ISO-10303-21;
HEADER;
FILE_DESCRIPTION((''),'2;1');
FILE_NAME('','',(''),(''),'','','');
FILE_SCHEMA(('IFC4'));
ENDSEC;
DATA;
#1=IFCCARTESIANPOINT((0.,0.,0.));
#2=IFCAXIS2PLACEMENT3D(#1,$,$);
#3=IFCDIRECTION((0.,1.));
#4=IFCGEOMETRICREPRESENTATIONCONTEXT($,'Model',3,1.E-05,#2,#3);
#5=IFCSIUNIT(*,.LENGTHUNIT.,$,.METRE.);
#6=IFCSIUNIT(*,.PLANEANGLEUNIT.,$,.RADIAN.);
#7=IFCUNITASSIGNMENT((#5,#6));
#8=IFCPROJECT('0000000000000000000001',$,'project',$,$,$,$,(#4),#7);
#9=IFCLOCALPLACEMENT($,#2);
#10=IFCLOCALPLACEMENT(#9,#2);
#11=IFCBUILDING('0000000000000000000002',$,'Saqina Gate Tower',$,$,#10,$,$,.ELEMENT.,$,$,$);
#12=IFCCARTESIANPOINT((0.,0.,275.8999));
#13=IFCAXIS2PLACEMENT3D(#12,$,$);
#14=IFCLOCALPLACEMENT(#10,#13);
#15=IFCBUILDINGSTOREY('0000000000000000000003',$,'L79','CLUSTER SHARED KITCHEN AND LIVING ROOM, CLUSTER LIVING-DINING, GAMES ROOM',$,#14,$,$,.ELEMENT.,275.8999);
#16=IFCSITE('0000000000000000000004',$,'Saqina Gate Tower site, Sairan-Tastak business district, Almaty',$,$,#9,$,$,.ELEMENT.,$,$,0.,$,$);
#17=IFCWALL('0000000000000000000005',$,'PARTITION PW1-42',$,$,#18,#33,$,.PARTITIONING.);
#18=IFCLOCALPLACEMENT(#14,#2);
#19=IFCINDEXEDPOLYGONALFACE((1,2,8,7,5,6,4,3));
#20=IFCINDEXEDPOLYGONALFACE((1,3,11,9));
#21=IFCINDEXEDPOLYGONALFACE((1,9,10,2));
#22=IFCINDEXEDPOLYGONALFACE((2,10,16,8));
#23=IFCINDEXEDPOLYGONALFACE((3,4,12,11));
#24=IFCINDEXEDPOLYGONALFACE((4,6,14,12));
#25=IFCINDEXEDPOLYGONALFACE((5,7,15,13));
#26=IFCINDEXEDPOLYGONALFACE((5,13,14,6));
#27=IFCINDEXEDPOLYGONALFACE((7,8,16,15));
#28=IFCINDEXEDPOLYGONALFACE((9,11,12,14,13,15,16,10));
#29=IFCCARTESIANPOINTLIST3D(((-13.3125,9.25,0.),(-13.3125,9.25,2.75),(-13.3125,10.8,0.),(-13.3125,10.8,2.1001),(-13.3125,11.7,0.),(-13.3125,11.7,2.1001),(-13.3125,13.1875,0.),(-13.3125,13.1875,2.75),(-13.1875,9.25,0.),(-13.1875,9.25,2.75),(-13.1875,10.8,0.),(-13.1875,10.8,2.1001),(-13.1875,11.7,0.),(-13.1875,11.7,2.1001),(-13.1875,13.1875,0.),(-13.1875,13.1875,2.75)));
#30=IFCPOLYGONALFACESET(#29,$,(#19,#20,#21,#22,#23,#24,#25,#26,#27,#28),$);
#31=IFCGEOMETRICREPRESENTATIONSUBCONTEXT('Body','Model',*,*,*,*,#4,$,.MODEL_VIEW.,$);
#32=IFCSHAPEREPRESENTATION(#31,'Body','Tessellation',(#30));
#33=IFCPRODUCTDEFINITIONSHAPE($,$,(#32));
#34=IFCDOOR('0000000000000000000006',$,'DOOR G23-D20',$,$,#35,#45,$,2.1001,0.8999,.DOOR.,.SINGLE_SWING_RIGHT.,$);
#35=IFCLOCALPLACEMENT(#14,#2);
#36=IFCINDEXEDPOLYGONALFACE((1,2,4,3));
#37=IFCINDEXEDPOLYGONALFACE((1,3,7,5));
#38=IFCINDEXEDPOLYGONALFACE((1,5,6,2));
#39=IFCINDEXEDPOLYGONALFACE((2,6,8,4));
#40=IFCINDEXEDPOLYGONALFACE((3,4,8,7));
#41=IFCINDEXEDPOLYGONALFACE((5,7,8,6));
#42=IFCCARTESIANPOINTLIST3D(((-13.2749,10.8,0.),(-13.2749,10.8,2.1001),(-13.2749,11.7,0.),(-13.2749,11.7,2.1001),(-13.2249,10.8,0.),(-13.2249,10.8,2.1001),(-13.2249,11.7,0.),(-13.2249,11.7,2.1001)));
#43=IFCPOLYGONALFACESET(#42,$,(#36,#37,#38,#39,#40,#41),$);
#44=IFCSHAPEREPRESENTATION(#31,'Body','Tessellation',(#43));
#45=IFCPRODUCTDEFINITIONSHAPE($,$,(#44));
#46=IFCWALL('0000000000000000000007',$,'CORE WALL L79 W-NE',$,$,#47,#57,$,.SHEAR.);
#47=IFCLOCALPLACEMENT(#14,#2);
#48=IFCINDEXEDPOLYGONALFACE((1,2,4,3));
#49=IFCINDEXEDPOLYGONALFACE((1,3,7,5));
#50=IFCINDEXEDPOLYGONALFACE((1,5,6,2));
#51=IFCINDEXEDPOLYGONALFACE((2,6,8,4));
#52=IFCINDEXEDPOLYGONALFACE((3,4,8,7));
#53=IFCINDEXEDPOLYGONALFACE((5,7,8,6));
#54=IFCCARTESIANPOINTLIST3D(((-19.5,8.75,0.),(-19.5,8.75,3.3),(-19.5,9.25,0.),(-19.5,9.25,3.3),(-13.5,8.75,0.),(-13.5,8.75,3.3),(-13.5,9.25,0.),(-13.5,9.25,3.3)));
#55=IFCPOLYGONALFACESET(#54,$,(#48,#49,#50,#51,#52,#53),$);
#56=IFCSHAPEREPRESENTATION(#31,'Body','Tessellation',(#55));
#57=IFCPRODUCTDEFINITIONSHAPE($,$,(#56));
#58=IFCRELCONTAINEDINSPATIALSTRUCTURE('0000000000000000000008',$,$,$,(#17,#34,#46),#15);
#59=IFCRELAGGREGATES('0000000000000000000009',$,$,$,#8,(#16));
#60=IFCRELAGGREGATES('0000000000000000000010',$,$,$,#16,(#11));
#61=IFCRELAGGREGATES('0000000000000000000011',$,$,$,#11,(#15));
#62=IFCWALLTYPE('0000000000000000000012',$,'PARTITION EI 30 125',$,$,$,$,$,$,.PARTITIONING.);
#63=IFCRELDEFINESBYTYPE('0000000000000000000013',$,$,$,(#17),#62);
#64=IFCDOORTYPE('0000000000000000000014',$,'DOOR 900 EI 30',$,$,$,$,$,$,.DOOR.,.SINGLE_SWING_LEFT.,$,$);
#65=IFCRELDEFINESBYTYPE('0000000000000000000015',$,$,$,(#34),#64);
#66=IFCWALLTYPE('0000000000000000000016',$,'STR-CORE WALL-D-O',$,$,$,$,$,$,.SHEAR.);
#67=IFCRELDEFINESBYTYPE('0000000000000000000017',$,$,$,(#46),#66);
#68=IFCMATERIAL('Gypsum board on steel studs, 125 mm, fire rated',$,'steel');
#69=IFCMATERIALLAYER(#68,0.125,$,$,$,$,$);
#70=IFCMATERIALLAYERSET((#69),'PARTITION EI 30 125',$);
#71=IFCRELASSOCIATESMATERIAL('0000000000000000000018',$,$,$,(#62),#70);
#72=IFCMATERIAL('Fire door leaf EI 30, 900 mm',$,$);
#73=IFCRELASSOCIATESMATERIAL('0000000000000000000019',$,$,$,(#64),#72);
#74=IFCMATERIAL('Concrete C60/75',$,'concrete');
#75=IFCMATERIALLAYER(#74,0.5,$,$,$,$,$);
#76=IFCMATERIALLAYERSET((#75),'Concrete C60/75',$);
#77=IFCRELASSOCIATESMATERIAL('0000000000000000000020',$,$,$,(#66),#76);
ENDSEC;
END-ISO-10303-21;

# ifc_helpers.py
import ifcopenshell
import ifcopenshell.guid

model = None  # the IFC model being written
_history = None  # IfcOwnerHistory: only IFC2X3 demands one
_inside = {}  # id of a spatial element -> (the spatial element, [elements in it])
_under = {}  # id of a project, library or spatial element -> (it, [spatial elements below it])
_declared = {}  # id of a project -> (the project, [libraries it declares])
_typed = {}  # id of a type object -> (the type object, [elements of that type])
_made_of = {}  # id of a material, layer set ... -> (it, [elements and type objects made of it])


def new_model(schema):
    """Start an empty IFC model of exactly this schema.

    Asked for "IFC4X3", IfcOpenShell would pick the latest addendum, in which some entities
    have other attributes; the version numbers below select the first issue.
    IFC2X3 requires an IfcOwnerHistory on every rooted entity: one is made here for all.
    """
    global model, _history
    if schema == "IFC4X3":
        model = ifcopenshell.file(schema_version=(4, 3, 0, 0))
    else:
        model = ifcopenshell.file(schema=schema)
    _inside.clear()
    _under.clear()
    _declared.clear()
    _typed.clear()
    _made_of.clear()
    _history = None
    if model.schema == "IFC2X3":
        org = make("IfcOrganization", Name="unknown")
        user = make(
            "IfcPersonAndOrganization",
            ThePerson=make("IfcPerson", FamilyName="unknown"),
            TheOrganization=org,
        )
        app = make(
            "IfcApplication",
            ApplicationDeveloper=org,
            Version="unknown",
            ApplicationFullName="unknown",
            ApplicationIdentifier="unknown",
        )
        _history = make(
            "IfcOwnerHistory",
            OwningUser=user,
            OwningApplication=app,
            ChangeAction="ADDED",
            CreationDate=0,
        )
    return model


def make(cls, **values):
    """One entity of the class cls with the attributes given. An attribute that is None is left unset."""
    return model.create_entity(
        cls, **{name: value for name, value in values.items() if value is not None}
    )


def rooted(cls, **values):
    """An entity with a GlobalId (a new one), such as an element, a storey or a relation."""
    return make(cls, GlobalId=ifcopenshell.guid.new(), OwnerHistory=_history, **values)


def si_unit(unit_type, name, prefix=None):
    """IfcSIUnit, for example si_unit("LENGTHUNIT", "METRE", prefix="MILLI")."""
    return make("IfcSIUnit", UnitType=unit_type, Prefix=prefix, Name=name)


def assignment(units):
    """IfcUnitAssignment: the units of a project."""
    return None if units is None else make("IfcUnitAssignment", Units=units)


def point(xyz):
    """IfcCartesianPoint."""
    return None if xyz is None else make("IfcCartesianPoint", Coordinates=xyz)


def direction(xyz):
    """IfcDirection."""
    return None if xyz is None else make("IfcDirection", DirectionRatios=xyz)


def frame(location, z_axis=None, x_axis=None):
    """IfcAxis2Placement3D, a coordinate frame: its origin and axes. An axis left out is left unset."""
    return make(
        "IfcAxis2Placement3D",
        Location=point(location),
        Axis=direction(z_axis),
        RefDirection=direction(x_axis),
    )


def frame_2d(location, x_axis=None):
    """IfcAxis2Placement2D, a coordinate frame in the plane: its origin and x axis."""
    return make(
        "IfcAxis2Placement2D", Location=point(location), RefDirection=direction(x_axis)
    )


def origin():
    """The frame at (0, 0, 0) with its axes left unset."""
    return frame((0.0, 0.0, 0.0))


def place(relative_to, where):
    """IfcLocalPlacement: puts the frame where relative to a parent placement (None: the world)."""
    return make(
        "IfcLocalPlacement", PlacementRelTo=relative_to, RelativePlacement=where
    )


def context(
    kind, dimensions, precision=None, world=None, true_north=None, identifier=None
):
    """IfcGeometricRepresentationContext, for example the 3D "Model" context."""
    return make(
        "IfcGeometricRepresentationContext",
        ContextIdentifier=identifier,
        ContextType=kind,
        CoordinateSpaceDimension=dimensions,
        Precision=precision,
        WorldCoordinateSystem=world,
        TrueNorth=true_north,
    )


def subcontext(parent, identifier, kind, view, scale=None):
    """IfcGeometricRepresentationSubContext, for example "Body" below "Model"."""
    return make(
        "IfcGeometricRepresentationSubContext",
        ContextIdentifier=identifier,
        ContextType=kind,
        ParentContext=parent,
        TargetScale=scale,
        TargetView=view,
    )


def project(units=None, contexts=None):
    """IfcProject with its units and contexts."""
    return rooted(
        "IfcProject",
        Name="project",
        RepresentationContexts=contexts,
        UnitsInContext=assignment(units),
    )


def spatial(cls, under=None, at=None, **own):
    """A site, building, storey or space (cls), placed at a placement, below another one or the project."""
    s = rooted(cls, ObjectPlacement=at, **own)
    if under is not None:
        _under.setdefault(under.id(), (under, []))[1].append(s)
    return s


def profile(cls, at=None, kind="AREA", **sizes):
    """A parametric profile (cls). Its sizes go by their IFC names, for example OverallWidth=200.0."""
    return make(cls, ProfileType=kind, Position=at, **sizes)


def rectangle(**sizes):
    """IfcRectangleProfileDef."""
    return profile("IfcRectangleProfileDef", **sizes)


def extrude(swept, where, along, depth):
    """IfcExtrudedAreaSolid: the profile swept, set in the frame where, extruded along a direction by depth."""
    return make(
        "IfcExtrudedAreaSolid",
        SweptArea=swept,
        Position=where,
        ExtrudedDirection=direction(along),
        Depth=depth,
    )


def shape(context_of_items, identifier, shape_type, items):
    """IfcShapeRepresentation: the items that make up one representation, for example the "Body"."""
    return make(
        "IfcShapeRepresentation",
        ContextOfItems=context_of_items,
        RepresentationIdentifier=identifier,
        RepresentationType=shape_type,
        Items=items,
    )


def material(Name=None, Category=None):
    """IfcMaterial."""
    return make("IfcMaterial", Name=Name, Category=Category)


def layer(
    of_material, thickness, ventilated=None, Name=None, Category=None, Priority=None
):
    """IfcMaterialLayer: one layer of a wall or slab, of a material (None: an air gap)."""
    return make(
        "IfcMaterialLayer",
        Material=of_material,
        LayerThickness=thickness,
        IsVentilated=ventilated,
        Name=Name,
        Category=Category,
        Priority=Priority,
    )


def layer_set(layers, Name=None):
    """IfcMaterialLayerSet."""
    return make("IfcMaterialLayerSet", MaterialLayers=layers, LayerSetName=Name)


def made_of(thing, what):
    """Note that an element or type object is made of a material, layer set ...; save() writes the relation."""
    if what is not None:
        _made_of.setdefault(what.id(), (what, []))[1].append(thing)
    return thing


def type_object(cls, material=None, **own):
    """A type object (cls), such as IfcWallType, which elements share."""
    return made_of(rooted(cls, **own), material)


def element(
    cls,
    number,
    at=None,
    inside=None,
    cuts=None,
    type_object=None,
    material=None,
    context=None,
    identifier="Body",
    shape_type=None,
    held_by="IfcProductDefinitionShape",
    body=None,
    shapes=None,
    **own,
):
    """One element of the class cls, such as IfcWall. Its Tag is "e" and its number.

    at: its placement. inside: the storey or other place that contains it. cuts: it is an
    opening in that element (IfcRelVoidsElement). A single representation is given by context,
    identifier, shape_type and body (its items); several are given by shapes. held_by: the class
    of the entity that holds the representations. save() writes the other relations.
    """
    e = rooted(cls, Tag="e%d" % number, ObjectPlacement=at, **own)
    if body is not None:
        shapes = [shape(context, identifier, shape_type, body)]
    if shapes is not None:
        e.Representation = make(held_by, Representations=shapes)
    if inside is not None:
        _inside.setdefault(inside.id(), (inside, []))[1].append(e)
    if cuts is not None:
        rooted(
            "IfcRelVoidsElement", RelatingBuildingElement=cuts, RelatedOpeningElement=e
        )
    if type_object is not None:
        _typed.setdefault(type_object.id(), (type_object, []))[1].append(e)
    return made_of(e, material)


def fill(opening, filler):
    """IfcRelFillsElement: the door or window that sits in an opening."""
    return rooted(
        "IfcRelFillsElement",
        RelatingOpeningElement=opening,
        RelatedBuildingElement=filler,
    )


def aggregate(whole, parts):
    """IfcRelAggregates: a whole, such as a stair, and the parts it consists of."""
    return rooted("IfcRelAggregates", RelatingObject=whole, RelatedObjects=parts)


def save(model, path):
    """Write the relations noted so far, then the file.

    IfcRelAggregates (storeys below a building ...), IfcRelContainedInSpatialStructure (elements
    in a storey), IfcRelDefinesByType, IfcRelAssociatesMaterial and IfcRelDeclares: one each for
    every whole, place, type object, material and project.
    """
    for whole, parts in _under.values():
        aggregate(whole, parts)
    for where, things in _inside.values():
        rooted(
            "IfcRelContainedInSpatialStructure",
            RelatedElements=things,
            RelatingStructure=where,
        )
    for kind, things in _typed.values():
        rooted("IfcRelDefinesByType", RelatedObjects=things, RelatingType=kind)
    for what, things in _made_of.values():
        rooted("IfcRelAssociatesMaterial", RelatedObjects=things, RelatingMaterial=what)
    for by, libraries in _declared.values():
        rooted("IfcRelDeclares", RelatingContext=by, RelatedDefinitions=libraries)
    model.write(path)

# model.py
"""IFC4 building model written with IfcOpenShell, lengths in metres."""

from ifc_helpers import new_model, si_unit, direction, frame, frame_2d, origin, place, context, subcontext, project, spatial, rectangle, extrude, material, layer, layer_set, type_object, element, fill, save


model = new_model("IFC4")

# Units and contexts
model_context = context("Model", 3, precision=1e-05, world=origin(), true_north=direction((0.0, 1.0)))
body_context = subcontext(model_context, "Body", "Model", "MODEL_VIEW")
ifc_project = project(units=[si_unit("LENGTHUNIT", "METRE"), si_unit("PLANEANGLEUNIT", "RADIAN")], contexts=[model_context])

# Site, building, storey
site_placement = place(None, origin())
site = spatial("IfcSite", under=ifc_project, at=site_placement, Name="Saqina Gate Tower site, Sairan-Tastak business district, Almaty", CompositionType="ELEMENT", RefElevation=0.0)
building_placement = place(site_placement, origin())
building = spatial("IfcBuilding", under=site, at=building_placement, Name="Saqina Gate Tower", CompositionType="ELEMENT")
storey_placement = place(building_placement, frame((0.0, 0.0, 275.8999)))
storey = spatial("IfcBuildingStorey", under=building, at=storey_placement, Name="L79", Description="CLUSTER SHARED KITCHEN AND LIVING ROOM, CLUSTER LIVING-DINING, GAMES ROOM", CompositionType="ELEMENT", Elevation=275.8999)

# Shared definitions
ifc_material_1 = material(Name="Gypsum board on steel studs, 125 mm, fire rated", Category="steel")
ifc_layer_1 = layer(ifc_material_1, 0.125)
ifc_layer_set_1 = layer_set([ifc_layer_1], Name="PARTITION EI 30 125")
wall_type_1 = type_object("IfcWallType", Name="PARTITION EI 30 125", PredefinedType="PARTITIONING", material=ifc_layer_set_1)
ifc_material_2 = material(Name="Fire door leaf EI 30, 900 mm")
door_type_1 = type_object("IfcDoorType", Name="DOOR 900 EI 30", OperationType="SINGLE_SWING_LEFT", PredefinedType="DOOR", material=ifc_material_2)

# Wall, opening, door
wall_1_placement = place(storey_placement, frame((-13.25, 9.25, 0.0), z_axis=(0.0, 0.0, 1.0), x_axis=(0.0, 1.0, 0.0)))
wall_1 = element("IfcWall", 1, at=wall_1_placement, inside=storey, type_object=wall_type_1, Name="PARTITION PW1-42", PredefinedType="PARTITIONING", context=body_context, shape_type="SweptSolid", body=[
    extrude(rectangle(XDim=3.9375, YDim=0.125, at=frame_2d((1.9688, 0.0))), origin(), (0.0, 0.0, 1.0), 2.75),
])
opening_1_placement = place(wall_1_placement, frame((1.55, 0.0, 0.0)))
opening_1 = element("IfcOpeningElement", 2, at=opening_1_placement, cuts=wall_1, PredefinedType="OPENING", context=body_context, shape_type="SweptSolid", body=[
    extrude(rectangle(XDim=0.8999, YDim=2.1001, at=frame_2d((0.45, 1.05))), frame((0.0, 0.0745, 0.0), z_axis=(0.0, -1.0, 0.0), x_axis=(1.0, 0.0, 0.0)), (0.0, 0.0, 1.0), 0.1489),
])
door_1_placement = place(opening_1_placement, origin())
door_1 = element("IfcDoor", 3, at=door_1_placement, inside=storey, type_object=door_type_1, Name="DOOR G23-D20", OperationType="SINGLE_SWING_RIGHT", OverallHeight=2.1001, OverallWidth=0.8999, PredefinedType="DOOR", context=body_context, shape_type="SweptSolid", body=[
    extrude(rectangle(XDim=0.8999, YDim=2.1001, at=frame_2d((0.45, 1.05))), frame((0.0, 0.0249, 0.0), z_axis=(0.0, -1.0, 0.0), x_axis=(1.0, 0.0, 0.0)), (0.0, 0.0, 1.0), 0.05),
])
fill(opening_1, door_1)

# Wall
ifc_material_3 = material(Name="Concrete C60/75", Category="concrete")
ifc_layer_2 = layer(ifc_material_3, 0.5)
ifc_layer_set_2 = layer_set([ifc_layer_2], Name="Concrete C60/75")
wall_type_2 = type_object("IfcWallType", Name="STR-CORE WALL-D-O", PredefinedType="SHEAR", material=ifc_layer_set_2)
wall_2_placement = place(storey_placement, frame((-13.5, 9.0, 0.0), z_axis=(0.0, 0.0, 1.0), x_axis=(-1.0, 0.0, 0.0)))
element("IfcWall", 4, at=wall_2_placement, inside=storey, type_object=wall_type_2, Name="CORE WALL L79 W-NE", PredefinedType="SHEAR", context=body_context, shape_type="SweptSolid", body=[
    extrude(rectangle(XDim=6.0, YDim=0.5, at=frame_2d((3.0, 0.0))), origin(), (0.0, 0.0, 1.0), 3.3),
])

save(model, "model.ifc")
